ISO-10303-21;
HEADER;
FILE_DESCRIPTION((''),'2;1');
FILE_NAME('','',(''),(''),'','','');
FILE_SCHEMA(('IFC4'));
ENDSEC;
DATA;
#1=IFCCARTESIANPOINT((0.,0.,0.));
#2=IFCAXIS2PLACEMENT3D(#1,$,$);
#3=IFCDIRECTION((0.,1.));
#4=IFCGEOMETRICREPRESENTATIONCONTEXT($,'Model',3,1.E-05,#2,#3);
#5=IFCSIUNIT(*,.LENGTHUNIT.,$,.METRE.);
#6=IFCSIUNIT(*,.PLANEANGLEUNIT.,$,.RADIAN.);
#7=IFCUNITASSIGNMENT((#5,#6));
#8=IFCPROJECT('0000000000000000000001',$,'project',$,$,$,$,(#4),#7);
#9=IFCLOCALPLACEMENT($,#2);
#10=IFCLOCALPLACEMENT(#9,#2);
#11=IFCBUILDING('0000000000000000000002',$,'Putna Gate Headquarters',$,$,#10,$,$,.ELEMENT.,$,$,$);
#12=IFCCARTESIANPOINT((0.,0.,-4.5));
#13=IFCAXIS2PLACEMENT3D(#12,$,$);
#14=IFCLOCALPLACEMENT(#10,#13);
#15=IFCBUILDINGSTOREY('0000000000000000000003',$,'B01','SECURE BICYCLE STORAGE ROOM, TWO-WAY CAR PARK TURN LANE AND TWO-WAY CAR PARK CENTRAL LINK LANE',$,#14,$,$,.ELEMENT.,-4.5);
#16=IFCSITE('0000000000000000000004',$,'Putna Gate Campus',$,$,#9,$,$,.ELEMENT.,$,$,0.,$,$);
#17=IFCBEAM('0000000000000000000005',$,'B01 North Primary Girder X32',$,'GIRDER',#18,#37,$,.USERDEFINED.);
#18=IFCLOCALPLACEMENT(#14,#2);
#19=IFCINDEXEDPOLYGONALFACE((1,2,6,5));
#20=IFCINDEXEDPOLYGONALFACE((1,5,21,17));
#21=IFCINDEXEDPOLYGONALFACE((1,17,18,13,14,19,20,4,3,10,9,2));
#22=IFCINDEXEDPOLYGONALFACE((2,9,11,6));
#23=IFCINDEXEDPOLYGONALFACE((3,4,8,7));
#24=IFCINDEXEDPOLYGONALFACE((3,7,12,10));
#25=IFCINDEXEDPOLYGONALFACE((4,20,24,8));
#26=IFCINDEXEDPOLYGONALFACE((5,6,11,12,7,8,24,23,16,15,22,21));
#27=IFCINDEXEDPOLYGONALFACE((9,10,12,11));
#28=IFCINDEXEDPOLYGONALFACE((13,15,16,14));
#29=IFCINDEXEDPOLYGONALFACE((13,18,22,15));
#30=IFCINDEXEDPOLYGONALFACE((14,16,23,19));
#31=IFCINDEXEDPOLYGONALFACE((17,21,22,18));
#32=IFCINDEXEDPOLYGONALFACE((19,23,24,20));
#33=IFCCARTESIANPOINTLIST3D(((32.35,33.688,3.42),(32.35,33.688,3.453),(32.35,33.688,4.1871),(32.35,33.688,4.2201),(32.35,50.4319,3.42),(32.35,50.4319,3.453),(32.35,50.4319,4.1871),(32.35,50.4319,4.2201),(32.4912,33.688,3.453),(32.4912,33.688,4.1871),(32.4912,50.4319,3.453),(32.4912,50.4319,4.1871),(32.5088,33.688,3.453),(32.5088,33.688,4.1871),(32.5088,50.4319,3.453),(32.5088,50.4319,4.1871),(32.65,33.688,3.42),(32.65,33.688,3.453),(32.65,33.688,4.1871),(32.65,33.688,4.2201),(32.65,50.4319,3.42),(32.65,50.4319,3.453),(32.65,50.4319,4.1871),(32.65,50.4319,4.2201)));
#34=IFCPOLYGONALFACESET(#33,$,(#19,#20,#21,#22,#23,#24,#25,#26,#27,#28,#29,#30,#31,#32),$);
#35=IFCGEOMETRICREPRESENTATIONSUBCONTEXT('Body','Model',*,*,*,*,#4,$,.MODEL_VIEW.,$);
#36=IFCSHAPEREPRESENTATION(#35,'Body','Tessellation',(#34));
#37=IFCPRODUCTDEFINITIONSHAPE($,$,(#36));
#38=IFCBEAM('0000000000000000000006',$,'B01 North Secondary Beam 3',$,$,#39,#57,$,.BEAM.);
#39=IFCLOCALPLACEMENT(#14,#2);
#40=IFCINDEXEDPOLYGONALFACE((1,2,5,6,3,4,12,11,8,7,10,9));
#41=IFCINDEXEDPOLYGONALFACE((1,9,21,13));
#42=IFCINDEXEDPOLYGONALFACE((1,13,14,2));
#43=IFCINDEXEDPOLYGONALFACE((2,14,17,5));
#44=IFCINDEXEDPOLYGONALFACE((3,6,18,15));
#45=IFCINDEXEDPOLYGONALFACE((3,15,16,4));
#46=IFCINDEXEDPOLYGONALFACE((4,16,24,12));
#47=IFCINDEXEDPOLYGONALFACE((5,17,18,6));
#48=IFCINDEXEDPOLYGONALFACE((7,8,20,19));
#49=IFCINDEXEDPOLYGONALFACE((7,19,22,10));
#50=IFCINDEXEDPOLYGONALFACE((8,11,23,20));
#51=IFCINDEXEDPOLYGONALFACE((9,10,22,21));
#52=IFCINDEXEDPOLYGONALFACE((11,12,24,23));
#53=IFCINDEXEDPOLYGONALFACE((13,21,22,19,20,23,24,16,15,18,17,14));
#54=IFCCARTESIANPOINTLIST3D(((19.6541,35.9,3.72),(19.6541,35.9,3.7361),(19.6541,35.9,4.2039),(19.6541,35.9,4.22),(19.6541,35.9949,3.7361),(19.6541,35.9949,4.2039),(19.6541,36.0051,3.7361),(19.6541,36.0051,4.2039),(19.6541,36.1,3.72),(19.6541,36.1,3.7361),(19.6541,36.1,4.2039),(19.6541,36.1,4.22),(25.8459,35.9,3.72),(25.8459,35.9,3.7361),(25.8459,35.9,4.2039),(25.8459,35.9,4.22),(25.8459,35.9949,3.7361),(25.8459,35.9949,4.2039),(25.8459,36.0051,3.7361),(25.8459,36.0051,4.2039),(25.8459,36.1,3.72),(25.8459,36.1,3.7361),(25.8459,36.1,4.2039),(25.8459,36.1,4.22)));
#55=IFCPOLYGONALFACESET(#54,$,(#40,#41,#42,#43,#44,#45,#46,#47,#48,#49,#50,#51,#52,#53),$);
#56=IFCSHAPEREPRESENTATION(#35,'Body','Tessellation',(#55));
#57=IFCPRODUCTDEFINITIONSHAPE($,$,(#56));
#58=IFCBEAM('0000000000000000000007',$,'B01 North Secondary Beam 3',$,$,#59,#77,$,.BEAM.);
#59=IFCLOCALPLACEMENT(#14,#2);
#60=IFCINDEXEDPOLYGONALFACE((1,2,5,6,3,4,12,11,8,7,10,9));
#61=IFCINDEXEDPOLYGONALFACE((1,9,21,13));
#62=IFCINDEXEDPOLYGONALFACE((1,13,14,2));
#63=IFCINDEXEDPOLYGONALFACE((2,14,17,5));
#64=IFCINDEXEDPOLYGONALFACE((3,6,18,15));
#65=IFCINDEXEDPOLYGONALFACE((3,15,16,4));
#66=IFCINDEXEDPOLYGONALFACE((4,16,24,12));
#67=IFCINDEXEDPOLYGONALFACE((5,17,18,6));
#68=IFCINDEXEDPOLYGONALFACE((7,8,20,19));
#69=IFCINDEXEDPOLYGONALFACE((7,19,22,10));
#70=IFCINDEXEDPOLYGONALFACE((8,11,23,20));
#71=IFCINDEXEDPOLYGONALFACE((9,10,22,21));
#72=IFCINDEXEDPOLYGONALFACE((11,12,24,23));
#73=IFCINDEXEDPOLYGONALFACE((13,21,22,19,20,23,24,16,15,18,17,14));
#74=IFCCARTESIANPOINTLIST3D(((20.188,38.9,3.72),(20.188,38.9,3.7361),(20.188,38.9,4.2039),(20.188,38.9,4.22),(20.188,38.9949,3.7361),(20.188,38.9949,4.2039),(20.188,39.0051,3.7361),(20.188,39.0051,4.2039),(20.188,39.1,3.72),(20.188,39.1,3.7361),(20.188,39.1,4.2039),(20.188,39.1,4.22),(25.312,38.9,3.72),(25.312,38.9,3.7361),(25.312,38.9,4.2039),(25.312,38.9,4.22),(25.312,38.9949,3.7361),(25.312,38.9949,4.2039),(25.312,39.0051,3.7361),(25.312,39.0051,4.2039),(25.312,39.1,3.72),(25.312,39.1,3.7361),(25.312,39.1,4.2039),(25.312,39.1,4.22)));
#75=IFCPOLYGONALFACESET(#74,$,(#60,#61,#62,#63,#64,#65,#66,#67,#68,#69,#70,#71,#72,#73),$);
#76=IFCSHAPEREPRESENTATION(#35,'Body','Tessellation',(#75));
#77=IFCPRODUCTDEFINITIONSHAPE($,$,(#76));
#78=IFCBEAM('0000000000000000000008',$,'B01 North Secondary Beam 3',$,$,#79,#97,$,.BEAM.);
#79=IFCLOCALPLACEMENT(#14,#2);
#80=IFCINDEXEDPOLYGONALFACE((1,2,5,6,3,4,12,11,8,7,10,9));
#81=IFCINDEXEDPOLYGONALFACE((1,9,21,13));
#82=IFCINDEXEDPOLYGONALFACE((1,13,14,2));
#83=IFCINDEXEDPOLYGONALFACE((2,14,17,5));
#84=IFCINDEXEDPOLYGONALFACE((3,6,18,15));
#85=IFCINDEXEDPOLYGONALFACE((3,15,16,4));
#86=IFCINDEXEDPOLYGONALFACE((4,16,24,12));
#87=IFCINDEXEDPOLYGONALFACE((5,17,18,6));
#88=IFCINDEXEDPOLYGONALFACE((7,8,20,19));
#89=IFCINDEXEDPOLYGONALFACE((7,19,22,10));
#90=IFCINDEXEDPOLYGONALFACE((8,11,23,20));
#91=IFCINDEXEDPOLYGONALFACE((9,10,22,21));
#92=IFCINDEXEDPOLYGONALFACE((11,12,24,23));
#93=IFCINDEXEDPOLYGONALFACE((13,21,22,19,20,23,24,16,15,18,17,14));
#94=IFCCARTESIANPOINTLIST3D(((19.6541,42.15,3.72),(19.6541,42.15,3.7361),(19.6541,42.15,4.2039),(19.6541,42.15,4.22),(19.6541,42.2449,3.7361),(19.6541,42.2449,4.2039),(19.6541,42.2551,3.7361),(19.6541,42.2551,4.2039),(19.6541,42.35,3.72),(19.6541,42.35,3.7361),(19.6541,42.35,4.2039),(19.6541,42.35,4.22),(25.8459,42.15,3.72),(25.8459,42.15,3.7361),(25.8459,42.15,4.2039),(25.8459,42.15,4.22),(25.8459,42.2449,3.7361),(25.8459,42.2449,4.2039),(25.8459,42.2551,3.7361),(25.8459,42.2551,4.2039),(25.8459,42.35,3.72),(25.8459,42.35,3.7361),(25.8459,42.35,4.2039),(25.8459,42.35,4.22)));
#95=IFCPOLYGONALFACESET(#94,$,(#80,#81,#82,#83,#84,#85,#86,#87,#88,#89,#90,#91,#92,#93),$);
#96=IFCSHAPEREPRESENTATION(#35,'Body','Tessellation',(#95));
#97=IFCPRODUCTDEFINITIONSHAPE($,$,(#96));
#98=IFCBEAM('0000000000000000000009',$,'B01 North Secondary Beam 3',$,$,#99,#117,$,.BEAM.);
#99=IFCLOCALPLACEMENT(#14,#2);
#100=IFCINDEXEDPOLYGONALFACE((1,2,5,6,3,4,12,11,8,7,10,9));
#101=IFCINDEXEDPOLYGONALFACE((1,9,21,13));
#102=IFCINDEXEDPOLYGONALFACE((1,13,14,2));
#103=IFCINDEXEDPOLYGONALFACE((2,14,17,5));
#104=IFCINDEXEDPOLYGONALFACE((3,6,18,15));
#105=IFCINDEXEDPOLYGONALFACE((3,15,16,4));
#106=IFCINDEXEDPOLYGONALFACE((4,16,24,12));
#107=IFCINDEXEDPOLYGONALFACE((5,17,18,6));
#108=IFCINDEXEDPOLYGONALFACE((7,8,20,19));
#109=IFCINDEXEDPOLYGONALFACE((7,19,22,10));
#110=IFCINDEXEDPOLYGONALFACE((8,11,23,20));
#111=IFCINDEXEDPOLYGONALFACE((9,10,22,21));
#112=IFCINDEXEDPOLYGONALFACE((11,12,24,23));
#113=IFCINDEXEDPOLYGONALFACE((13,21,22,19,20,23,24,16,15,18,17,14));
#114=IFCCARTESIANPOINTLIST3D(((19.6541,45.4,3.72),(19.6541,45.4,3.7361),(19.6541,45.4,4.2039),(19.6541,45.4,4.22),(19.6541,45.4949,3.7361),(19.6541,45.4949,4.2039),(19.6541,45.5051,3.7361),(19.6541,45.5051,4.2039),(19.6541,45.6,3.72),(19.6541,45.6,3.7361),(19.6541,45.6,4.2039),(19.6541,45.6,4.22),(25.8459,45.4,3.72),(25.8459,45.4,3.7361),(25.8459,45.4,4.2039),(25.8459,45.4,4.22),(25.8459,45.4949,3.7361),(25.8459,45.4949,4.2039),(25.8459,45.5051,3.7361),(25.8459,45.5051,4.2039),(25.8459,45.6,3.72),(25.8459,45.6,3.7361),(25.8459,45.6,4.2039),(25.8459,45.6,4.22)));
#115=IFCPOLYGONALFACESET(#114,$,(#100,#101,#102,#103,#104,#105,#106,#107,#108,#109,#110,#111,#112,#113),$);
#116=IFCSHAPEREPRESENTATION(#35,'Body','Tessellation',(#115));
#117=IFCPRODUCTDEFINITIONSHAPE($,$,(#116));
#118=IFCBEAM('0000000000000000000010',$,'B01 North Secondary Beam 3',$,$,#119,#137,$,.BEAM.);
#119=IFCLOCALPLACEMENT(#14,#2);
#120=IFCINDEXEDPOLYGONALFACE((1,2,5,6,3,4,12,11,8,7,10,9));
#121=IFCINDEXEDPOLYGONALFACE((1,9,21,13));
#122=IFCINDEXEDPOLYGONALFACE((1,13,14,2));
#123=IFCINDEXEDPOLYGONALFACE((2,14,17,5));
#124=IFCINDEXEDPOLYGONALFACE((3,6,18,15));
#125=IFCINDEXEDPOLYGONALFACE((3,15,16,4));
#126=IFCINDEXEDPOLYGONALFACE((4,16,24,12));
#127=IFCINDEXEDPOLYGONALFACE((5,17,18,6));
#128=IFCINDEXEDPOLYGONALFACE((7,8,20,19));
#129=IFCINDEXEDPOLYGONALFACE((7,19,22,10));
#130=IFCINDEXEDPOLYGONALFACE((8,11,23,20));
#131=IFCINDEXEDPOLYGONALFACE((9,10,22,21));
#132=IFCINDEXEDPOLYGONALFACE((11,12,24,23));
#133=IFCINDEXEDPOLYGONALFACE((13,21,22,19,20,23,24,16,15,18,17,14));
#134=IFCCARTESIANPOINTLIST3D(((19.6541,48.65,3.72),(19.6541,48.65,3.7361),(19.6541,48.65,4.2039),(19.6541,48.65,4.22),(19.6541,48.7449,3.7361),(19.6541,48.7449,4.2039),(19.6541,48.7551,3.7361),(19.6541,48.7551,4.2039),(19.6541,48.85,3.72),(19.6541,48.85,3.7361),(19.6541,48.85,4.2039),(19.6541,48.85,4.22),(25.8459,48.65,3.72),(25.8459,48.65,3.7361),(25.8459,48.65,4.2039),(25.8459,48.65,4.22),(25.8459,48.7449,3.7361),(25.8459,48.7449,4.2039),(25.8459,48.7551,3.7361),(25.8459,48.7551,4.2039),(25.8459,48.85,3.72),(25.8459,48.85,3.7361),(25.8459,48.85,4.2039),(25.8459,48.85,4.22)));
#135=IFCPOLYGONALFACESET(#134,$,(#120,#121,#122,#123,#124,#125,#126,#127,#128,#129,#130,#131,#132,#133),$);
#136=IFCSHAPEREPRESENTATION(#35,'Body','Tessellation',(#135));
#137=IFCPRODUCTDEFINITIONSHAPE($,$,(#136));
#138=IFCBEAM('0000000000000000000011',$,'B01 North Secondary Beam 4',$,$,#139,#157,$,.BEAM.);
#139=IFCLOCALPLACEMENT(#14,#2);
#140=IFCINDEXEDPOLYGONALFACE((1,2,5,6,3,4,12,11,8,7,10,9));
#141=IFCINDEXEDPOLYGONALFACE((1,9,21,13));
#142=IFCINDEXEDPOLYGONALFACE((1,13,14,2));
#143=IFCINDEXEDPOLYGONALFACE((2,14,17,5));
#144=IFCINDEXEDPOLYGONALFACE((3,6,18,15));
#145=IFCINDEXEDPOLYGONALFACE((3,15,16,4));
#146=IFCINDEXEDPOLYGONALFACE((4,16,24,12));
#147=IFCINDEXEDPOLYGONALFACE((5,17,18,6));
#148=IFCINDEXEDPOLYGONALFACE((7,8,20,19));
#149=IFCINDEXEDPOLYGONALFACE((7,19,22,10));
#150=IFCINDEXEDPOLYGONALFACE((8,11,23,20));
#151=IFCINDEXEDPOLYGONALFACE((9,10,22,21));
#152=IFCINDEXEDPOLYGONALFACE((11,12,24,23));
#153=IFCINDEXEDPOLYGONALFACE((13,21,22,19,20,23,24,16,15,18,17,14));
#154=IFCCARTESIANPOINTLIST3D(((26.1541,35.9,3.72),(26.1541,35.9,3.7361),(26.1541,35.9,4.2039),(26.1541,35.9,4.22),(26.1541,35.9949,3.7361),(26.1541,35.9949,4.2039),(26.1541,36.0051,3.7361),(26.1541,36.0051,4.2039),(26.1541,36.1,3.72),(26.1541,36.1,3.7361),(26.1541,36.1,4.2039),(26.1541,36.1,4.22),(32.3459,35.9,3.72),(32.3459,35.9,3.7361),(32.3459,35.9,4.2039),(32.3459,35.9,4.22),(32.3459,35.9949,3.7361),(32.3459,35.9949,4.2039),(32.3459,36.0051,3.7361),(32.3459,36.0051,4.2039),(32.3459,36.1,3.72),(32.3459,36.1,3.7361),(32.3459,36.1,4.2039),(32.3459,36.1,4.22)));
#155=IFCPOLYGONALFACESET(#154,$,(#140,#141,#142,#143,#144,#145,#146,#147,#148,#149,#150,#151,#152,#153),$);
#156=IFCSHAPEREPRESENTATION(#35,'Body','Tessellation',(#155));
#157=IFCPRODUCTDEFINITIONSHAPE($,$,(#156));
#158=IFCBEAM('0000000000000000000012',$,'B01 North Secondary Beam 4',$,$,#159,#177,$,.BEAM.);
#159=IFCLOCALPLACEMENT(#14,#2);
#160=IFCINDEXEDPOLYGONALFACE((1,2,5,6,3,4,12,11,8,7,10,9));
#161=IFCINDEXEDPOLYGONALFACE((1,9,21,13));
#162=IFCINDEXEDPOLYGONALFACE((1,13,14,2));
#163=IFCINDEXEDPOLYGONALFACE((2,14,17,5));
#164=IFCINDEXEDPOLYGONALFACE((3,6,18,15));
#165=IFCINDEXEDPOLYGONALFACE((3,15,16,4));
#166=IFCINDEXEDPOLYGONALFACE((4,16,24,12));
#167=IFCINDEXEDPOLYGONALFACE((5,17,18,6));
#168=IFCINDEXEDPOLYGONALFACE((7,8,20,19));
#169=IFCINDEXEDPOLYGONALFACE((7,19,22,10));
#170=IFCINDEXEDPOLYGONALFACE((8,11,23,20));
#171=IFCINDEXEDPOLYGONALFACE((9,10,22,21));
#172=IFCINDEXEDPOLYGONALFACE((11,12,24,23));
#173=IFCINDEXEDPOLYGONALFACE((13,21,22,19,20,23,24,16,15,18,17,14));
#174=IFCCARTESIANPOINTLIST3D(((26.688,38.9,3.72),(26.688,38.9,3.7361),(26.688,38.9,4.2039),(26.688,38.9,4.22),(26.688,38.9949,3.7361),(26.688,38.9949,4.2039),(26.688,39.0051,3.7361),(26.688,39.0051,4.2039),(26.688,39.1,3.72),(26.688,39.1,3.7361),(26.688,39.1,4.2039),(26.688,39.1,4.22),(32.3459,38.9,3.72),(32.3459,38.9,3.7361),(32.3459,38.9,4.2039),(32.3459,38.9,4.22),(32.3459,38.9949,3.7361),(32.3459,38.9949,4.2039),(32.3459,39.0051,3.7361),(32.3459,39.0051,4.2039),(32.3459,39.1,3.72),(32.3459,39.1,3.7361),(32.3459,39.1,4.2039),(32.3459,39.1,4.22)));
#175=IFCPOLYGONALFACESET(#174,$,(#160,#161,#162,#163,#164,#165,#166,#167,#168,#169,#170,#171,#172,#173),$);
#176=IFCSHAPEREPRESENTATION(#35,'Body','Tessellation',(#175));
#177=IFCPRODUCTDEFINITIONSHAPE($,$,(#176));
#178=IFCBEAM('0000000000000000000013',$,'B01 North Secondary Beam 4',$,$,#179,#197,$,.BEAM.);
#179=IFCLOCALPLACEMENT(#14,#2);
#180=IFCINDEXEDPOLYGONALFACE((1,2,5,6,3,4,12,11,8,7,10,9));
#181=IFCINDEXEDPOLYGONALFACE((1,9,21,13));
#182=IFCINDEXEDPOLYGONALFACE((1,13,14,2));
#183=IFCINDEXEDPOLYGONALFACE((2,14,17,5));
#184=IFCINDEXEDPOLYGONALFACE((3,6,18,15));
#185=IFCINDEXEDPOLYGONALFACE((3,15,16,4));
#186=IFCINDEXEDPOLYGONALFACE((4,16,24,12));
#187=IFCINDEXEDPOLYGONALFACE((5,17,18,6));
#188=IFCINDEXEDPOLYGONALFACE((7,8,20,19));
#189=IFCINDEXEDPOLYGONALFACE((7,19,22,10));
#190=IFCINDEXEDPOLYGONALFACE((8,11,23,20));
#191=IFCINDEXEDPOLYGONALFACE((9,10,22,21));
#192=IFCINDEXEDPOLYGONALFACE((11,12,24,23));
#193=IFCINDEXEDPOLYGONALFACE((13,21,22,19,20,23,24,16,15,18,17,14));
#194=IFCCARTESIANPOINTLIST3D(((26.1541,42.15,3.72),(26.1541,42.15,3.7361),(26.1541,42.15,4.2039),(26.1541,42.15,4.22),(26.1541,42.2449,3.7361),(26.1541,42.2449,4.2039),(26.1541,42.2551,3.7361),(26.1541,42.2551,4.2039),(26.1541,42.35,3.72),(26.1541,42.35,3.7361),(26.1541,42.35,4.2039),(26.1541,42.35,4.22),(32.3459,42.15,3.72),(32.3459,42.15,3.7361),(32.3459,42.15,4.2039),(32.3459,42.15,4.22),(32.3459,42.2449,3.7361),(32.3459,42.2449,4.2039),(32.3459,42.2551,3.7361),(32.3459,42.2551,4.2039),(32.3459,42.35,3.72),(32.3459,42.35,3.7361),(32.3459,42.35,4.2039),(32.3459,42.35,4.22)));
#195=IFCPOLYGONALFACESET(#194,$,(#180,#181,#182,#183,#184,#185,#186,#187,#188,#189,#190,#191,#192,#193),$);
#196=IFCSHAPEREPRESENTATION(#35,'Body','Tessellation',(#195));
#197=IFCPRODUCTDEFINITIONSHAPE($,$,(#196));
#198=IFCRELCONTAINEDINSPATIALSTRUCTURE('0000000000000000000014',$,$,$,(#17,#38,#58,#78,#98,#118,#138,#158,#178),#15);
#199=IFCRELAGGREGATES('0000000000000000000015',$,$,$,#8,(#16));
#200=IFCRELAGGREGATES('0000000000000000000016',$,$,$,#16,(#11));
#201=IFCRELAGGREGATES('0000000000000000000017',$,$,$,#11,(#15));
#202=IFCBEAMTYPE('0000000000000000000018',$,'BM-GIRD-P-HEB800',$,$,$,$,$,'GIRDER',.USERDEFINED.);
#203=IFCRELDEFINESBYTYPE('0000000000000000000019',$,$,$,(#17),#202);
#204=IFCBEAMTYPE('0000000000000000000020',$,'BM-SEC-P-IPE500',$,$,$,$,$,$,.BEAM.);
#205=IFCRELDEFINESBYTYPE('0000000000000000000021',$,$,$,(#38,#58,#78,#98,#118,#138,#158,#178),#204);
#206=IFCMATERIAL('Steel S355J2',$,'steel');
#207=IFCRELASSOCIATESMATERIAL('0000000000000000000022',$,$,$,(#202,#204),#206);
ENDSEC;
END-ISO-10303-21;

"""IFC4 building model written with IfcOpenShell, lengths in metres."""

from ifc_helpers import new_model, si_unit, direction, frame, origin, origin_2d, place, context, subcontext, project, spatial, i_section, extrude, material, material_profile, profile_set, type_object, element, save


model = new_model("IFC4")

# Units and contexts
model_context = context("Model", 3, precision=1e-05, world=origin(), true_north=direction((0.0, 1.0)))
body_context = subcontext(model_context, "Body", "Model", "MODEL_VIEW")
ifc_project = project(units=[si_unit("LENGTHUNIT", "METRE"), si_unit("PLANEANGLEUNIT", "RADIAN")], contexts=[model_context])

# Site, building, storey
site_placement = place(None, origin())
site = spatial("IfcSite", under=ifc_project, at=site_placement, Name="Putna Gate Campus", CompositionType="ELEMENT", RefElevation=0.0)
building_placement = place(site_placement, origin())
building = spatial("IfcBuilding", under=site, at=building_placement, Name="Putna Gate Headquarters", CompositionType="ELEMENT")
storey_placement = place(building_placement, frame((0.0, 0.0, -4.5)))
storey = spatial("IfcBuildingStorey", under=building, at=storey_placement, Name="B01", Description="SECURE BICYCLE STORAGE ROOM, TWO-WAY CAR PARK TURN LANE AND TWO-WAY CAR PARK CENTRAL LINK LANE", CompositionType="ELEMENT", Elevation=-4.5)

# Beams
ifc_material_1 = material(Name="Steel S355J2", Category="steel")
ifc_material_profile_1 = material_profile(ifc_material_1, i_section(OverallWidth=0.3, OverallDepth=0.8, WebThickness=0.0176, FlangeThickness=0.033, at=origin_2d()), Name="Steel S355J2")
ifc_profile_set_1 = profile_set([ifc_material_profile_1], Name="Steel S355J2")
beam_type_1 = type_object("IfcBeamType", Name="BM-GIRD-P-HEB800", ElementType="GIRDER", PredefinedType="USERDEFINED", material=ifc_profile_set_1)
beam_1_placement = place(storey_placement, frame((32.5, 33.688, 3.8201), z_axis=(0.0, 1.0, 0.0), x_axis=(-1.0, 0.0, 0.0)))
element("IfcBeam", 1, at=beam_1_placement, inside=storey, type_object=beam_type_1, Name="B01 North Primary Girder X32", ObjectType="GIRDER", PredefinedType="USERDEFINED", context=body_context, shape_type="SweptSolid", body=[
    extrude(i_section(OverallWidth=0.3, OverallDepth=0.8, WebThickness=0.0176, FlangeThickness=0.033, at=origin_2d()), origin(), (0.0, 0.0, 1.0), 16.7439),
])
ifc_material_profile_2 = material_profile(ifc_material_1, i_section(OverallWidth=0.2, OverallDepth=0.5, WebThickness=0.0103, FlangeThickness=0.0161, at=origin_2d()), Name="Steel S355J2")
ifc_profile_set_2 = profile_set([ifc_material_profile_2], Name="Steel S355J2")
beam_type_2 = type_object("IfcBeamType", Name="BM-SEC-P-IPE500", PredefinedType="BEAM", material=ifc_profile_set_2)
beam_2_placement = place(storey_placement, frame((19.6541, 36.0, 3.97), z_axis=(1.0, 0.0, 0.0), x_axis=(0.0, 1.0, 0.0)))
element("IfcBeam", 2, at=beam_2_placement, inside=storey, type_object=beam_type_2, Name="B01 North Secondary Beam 3", PredefinedType="BEAM", context=body_context, shape_type="SweptSolid", body=[
    extrude(i_section(OverallWidth=0.2, OverallDepth=0.5, WebThickness=0.0103, FlangeThickness=0.0161, at=origin_2d()), origin(), (0.0, 0.0, 1.0), 6.1919),
])
beam_3_placement = place(storey_placement, frame((20.188, 39.0, 3.97), z_axis=(1.0, 0.0, 0.0), x_axis=(0.0, 1.0, 0.0)))
element("IfcBeam", 3, at=beam_3_placement, inside=storey, type_object=beam_type_2, Name="B01 North Secondary Beam 3", PredefinedType="BEAM", context=body_context, shape_type="SweptSolid", body=[
    extrude(i_section(OverallWidth=0.2, OverallDepth=0.5, WebThickness=0.0103, FlangeThickness=0.0161, at=origin_2d()), origin(), (0.0, 0.0, 1.0), 5.124),
])
for number, where, z_axis, x_axis, name in (
    (4, (19.6541, 42.25, 3.97), (1.0, 0.0, 0.0), (0.0, 1.0, 0.0), "B01 North Secondary Beam 3"),
    (5, (19.6541, 45.5, 3.97), (1.0, 0.0, 0.0), (0.0, 1.0, 0.0), "B01 North Secondary Beam 3"),
    (6, (19.6541, 48.75, 3.97), (1.0, 0.0, 0.0), (0.0, 1.0, 0.0), "B01 North Secondary Beam 3"),
    (7, (26.1541, 36.0, 3.97), (1.0, 0.0, 0.0), (0.0, 1.0, 0.0), "B01 North Secondary Beam 4"),
):
    element("IfcBeam", number, at=place(storey_placement, frame(where, z_axis=z_axis, x_axis=x_axis)), inside=storey, type_object=beam_type_2, Name=name, PredefinedType="BEAM", context=body_context, shape_type="SweptSolid", body=[
        extrude(i_section(OverallWidth=0.2, OverallDepth=0.5, WebThickness=0.0103, FlangeThickness=0.0161, at=origin_2d()), origin(), (0.0, 0.0, 1.0), 6.1919),
    ])
beam_4_placement = place(storey_placement, frame((26.688, 39.0, 3.97), z_axis=(1.0, 0.0, 0.0), x_axis=(0.0, 1.0, 0.0)))
element("IfcBeam", 8, at=beam_4_placement, inside=storey, type_object=beam_type_2, Name="B01 North Secondary Beam 4", PredefinedType="BEAM", context=body_context, shape_type="SweptSolid", body=[
    extrude(i_section(OverallWidth=0.2, OverallDepth=0.5, WebThickness=0.0103, FlangeThickness=0.0161, at=origin_2d()), origin(), (0.0, 0.0, 1.0), 5.658),
])
for number, where, z_axis, x_axis, name in (
    (9, (26.1541, 42.25, 3.97), (1.0, 0.0, 0.0), (0.0, 1.0, 0.0), "B01 North Secondary Beam 4"),
):
    element("IfcBeam", number, at=place(storey_placement, frame(where, z_axis=z_axis, x_axis=x_axis)), inside=storey, type_object=beam_type_2, Name=name, PredefinedType="BEAM", context=body_context, shape_type="SweptSolid", body=[
        extrude(i_section(OverallWidth=0.2, OverallDepth=0.5, WebThickness=0.0103, FlangeThickness=0.0161, at=origin_2d()), origin(), (0.0, 0.0, 1.0), 6.1919),
    ])

save(model, "model.ifc")
